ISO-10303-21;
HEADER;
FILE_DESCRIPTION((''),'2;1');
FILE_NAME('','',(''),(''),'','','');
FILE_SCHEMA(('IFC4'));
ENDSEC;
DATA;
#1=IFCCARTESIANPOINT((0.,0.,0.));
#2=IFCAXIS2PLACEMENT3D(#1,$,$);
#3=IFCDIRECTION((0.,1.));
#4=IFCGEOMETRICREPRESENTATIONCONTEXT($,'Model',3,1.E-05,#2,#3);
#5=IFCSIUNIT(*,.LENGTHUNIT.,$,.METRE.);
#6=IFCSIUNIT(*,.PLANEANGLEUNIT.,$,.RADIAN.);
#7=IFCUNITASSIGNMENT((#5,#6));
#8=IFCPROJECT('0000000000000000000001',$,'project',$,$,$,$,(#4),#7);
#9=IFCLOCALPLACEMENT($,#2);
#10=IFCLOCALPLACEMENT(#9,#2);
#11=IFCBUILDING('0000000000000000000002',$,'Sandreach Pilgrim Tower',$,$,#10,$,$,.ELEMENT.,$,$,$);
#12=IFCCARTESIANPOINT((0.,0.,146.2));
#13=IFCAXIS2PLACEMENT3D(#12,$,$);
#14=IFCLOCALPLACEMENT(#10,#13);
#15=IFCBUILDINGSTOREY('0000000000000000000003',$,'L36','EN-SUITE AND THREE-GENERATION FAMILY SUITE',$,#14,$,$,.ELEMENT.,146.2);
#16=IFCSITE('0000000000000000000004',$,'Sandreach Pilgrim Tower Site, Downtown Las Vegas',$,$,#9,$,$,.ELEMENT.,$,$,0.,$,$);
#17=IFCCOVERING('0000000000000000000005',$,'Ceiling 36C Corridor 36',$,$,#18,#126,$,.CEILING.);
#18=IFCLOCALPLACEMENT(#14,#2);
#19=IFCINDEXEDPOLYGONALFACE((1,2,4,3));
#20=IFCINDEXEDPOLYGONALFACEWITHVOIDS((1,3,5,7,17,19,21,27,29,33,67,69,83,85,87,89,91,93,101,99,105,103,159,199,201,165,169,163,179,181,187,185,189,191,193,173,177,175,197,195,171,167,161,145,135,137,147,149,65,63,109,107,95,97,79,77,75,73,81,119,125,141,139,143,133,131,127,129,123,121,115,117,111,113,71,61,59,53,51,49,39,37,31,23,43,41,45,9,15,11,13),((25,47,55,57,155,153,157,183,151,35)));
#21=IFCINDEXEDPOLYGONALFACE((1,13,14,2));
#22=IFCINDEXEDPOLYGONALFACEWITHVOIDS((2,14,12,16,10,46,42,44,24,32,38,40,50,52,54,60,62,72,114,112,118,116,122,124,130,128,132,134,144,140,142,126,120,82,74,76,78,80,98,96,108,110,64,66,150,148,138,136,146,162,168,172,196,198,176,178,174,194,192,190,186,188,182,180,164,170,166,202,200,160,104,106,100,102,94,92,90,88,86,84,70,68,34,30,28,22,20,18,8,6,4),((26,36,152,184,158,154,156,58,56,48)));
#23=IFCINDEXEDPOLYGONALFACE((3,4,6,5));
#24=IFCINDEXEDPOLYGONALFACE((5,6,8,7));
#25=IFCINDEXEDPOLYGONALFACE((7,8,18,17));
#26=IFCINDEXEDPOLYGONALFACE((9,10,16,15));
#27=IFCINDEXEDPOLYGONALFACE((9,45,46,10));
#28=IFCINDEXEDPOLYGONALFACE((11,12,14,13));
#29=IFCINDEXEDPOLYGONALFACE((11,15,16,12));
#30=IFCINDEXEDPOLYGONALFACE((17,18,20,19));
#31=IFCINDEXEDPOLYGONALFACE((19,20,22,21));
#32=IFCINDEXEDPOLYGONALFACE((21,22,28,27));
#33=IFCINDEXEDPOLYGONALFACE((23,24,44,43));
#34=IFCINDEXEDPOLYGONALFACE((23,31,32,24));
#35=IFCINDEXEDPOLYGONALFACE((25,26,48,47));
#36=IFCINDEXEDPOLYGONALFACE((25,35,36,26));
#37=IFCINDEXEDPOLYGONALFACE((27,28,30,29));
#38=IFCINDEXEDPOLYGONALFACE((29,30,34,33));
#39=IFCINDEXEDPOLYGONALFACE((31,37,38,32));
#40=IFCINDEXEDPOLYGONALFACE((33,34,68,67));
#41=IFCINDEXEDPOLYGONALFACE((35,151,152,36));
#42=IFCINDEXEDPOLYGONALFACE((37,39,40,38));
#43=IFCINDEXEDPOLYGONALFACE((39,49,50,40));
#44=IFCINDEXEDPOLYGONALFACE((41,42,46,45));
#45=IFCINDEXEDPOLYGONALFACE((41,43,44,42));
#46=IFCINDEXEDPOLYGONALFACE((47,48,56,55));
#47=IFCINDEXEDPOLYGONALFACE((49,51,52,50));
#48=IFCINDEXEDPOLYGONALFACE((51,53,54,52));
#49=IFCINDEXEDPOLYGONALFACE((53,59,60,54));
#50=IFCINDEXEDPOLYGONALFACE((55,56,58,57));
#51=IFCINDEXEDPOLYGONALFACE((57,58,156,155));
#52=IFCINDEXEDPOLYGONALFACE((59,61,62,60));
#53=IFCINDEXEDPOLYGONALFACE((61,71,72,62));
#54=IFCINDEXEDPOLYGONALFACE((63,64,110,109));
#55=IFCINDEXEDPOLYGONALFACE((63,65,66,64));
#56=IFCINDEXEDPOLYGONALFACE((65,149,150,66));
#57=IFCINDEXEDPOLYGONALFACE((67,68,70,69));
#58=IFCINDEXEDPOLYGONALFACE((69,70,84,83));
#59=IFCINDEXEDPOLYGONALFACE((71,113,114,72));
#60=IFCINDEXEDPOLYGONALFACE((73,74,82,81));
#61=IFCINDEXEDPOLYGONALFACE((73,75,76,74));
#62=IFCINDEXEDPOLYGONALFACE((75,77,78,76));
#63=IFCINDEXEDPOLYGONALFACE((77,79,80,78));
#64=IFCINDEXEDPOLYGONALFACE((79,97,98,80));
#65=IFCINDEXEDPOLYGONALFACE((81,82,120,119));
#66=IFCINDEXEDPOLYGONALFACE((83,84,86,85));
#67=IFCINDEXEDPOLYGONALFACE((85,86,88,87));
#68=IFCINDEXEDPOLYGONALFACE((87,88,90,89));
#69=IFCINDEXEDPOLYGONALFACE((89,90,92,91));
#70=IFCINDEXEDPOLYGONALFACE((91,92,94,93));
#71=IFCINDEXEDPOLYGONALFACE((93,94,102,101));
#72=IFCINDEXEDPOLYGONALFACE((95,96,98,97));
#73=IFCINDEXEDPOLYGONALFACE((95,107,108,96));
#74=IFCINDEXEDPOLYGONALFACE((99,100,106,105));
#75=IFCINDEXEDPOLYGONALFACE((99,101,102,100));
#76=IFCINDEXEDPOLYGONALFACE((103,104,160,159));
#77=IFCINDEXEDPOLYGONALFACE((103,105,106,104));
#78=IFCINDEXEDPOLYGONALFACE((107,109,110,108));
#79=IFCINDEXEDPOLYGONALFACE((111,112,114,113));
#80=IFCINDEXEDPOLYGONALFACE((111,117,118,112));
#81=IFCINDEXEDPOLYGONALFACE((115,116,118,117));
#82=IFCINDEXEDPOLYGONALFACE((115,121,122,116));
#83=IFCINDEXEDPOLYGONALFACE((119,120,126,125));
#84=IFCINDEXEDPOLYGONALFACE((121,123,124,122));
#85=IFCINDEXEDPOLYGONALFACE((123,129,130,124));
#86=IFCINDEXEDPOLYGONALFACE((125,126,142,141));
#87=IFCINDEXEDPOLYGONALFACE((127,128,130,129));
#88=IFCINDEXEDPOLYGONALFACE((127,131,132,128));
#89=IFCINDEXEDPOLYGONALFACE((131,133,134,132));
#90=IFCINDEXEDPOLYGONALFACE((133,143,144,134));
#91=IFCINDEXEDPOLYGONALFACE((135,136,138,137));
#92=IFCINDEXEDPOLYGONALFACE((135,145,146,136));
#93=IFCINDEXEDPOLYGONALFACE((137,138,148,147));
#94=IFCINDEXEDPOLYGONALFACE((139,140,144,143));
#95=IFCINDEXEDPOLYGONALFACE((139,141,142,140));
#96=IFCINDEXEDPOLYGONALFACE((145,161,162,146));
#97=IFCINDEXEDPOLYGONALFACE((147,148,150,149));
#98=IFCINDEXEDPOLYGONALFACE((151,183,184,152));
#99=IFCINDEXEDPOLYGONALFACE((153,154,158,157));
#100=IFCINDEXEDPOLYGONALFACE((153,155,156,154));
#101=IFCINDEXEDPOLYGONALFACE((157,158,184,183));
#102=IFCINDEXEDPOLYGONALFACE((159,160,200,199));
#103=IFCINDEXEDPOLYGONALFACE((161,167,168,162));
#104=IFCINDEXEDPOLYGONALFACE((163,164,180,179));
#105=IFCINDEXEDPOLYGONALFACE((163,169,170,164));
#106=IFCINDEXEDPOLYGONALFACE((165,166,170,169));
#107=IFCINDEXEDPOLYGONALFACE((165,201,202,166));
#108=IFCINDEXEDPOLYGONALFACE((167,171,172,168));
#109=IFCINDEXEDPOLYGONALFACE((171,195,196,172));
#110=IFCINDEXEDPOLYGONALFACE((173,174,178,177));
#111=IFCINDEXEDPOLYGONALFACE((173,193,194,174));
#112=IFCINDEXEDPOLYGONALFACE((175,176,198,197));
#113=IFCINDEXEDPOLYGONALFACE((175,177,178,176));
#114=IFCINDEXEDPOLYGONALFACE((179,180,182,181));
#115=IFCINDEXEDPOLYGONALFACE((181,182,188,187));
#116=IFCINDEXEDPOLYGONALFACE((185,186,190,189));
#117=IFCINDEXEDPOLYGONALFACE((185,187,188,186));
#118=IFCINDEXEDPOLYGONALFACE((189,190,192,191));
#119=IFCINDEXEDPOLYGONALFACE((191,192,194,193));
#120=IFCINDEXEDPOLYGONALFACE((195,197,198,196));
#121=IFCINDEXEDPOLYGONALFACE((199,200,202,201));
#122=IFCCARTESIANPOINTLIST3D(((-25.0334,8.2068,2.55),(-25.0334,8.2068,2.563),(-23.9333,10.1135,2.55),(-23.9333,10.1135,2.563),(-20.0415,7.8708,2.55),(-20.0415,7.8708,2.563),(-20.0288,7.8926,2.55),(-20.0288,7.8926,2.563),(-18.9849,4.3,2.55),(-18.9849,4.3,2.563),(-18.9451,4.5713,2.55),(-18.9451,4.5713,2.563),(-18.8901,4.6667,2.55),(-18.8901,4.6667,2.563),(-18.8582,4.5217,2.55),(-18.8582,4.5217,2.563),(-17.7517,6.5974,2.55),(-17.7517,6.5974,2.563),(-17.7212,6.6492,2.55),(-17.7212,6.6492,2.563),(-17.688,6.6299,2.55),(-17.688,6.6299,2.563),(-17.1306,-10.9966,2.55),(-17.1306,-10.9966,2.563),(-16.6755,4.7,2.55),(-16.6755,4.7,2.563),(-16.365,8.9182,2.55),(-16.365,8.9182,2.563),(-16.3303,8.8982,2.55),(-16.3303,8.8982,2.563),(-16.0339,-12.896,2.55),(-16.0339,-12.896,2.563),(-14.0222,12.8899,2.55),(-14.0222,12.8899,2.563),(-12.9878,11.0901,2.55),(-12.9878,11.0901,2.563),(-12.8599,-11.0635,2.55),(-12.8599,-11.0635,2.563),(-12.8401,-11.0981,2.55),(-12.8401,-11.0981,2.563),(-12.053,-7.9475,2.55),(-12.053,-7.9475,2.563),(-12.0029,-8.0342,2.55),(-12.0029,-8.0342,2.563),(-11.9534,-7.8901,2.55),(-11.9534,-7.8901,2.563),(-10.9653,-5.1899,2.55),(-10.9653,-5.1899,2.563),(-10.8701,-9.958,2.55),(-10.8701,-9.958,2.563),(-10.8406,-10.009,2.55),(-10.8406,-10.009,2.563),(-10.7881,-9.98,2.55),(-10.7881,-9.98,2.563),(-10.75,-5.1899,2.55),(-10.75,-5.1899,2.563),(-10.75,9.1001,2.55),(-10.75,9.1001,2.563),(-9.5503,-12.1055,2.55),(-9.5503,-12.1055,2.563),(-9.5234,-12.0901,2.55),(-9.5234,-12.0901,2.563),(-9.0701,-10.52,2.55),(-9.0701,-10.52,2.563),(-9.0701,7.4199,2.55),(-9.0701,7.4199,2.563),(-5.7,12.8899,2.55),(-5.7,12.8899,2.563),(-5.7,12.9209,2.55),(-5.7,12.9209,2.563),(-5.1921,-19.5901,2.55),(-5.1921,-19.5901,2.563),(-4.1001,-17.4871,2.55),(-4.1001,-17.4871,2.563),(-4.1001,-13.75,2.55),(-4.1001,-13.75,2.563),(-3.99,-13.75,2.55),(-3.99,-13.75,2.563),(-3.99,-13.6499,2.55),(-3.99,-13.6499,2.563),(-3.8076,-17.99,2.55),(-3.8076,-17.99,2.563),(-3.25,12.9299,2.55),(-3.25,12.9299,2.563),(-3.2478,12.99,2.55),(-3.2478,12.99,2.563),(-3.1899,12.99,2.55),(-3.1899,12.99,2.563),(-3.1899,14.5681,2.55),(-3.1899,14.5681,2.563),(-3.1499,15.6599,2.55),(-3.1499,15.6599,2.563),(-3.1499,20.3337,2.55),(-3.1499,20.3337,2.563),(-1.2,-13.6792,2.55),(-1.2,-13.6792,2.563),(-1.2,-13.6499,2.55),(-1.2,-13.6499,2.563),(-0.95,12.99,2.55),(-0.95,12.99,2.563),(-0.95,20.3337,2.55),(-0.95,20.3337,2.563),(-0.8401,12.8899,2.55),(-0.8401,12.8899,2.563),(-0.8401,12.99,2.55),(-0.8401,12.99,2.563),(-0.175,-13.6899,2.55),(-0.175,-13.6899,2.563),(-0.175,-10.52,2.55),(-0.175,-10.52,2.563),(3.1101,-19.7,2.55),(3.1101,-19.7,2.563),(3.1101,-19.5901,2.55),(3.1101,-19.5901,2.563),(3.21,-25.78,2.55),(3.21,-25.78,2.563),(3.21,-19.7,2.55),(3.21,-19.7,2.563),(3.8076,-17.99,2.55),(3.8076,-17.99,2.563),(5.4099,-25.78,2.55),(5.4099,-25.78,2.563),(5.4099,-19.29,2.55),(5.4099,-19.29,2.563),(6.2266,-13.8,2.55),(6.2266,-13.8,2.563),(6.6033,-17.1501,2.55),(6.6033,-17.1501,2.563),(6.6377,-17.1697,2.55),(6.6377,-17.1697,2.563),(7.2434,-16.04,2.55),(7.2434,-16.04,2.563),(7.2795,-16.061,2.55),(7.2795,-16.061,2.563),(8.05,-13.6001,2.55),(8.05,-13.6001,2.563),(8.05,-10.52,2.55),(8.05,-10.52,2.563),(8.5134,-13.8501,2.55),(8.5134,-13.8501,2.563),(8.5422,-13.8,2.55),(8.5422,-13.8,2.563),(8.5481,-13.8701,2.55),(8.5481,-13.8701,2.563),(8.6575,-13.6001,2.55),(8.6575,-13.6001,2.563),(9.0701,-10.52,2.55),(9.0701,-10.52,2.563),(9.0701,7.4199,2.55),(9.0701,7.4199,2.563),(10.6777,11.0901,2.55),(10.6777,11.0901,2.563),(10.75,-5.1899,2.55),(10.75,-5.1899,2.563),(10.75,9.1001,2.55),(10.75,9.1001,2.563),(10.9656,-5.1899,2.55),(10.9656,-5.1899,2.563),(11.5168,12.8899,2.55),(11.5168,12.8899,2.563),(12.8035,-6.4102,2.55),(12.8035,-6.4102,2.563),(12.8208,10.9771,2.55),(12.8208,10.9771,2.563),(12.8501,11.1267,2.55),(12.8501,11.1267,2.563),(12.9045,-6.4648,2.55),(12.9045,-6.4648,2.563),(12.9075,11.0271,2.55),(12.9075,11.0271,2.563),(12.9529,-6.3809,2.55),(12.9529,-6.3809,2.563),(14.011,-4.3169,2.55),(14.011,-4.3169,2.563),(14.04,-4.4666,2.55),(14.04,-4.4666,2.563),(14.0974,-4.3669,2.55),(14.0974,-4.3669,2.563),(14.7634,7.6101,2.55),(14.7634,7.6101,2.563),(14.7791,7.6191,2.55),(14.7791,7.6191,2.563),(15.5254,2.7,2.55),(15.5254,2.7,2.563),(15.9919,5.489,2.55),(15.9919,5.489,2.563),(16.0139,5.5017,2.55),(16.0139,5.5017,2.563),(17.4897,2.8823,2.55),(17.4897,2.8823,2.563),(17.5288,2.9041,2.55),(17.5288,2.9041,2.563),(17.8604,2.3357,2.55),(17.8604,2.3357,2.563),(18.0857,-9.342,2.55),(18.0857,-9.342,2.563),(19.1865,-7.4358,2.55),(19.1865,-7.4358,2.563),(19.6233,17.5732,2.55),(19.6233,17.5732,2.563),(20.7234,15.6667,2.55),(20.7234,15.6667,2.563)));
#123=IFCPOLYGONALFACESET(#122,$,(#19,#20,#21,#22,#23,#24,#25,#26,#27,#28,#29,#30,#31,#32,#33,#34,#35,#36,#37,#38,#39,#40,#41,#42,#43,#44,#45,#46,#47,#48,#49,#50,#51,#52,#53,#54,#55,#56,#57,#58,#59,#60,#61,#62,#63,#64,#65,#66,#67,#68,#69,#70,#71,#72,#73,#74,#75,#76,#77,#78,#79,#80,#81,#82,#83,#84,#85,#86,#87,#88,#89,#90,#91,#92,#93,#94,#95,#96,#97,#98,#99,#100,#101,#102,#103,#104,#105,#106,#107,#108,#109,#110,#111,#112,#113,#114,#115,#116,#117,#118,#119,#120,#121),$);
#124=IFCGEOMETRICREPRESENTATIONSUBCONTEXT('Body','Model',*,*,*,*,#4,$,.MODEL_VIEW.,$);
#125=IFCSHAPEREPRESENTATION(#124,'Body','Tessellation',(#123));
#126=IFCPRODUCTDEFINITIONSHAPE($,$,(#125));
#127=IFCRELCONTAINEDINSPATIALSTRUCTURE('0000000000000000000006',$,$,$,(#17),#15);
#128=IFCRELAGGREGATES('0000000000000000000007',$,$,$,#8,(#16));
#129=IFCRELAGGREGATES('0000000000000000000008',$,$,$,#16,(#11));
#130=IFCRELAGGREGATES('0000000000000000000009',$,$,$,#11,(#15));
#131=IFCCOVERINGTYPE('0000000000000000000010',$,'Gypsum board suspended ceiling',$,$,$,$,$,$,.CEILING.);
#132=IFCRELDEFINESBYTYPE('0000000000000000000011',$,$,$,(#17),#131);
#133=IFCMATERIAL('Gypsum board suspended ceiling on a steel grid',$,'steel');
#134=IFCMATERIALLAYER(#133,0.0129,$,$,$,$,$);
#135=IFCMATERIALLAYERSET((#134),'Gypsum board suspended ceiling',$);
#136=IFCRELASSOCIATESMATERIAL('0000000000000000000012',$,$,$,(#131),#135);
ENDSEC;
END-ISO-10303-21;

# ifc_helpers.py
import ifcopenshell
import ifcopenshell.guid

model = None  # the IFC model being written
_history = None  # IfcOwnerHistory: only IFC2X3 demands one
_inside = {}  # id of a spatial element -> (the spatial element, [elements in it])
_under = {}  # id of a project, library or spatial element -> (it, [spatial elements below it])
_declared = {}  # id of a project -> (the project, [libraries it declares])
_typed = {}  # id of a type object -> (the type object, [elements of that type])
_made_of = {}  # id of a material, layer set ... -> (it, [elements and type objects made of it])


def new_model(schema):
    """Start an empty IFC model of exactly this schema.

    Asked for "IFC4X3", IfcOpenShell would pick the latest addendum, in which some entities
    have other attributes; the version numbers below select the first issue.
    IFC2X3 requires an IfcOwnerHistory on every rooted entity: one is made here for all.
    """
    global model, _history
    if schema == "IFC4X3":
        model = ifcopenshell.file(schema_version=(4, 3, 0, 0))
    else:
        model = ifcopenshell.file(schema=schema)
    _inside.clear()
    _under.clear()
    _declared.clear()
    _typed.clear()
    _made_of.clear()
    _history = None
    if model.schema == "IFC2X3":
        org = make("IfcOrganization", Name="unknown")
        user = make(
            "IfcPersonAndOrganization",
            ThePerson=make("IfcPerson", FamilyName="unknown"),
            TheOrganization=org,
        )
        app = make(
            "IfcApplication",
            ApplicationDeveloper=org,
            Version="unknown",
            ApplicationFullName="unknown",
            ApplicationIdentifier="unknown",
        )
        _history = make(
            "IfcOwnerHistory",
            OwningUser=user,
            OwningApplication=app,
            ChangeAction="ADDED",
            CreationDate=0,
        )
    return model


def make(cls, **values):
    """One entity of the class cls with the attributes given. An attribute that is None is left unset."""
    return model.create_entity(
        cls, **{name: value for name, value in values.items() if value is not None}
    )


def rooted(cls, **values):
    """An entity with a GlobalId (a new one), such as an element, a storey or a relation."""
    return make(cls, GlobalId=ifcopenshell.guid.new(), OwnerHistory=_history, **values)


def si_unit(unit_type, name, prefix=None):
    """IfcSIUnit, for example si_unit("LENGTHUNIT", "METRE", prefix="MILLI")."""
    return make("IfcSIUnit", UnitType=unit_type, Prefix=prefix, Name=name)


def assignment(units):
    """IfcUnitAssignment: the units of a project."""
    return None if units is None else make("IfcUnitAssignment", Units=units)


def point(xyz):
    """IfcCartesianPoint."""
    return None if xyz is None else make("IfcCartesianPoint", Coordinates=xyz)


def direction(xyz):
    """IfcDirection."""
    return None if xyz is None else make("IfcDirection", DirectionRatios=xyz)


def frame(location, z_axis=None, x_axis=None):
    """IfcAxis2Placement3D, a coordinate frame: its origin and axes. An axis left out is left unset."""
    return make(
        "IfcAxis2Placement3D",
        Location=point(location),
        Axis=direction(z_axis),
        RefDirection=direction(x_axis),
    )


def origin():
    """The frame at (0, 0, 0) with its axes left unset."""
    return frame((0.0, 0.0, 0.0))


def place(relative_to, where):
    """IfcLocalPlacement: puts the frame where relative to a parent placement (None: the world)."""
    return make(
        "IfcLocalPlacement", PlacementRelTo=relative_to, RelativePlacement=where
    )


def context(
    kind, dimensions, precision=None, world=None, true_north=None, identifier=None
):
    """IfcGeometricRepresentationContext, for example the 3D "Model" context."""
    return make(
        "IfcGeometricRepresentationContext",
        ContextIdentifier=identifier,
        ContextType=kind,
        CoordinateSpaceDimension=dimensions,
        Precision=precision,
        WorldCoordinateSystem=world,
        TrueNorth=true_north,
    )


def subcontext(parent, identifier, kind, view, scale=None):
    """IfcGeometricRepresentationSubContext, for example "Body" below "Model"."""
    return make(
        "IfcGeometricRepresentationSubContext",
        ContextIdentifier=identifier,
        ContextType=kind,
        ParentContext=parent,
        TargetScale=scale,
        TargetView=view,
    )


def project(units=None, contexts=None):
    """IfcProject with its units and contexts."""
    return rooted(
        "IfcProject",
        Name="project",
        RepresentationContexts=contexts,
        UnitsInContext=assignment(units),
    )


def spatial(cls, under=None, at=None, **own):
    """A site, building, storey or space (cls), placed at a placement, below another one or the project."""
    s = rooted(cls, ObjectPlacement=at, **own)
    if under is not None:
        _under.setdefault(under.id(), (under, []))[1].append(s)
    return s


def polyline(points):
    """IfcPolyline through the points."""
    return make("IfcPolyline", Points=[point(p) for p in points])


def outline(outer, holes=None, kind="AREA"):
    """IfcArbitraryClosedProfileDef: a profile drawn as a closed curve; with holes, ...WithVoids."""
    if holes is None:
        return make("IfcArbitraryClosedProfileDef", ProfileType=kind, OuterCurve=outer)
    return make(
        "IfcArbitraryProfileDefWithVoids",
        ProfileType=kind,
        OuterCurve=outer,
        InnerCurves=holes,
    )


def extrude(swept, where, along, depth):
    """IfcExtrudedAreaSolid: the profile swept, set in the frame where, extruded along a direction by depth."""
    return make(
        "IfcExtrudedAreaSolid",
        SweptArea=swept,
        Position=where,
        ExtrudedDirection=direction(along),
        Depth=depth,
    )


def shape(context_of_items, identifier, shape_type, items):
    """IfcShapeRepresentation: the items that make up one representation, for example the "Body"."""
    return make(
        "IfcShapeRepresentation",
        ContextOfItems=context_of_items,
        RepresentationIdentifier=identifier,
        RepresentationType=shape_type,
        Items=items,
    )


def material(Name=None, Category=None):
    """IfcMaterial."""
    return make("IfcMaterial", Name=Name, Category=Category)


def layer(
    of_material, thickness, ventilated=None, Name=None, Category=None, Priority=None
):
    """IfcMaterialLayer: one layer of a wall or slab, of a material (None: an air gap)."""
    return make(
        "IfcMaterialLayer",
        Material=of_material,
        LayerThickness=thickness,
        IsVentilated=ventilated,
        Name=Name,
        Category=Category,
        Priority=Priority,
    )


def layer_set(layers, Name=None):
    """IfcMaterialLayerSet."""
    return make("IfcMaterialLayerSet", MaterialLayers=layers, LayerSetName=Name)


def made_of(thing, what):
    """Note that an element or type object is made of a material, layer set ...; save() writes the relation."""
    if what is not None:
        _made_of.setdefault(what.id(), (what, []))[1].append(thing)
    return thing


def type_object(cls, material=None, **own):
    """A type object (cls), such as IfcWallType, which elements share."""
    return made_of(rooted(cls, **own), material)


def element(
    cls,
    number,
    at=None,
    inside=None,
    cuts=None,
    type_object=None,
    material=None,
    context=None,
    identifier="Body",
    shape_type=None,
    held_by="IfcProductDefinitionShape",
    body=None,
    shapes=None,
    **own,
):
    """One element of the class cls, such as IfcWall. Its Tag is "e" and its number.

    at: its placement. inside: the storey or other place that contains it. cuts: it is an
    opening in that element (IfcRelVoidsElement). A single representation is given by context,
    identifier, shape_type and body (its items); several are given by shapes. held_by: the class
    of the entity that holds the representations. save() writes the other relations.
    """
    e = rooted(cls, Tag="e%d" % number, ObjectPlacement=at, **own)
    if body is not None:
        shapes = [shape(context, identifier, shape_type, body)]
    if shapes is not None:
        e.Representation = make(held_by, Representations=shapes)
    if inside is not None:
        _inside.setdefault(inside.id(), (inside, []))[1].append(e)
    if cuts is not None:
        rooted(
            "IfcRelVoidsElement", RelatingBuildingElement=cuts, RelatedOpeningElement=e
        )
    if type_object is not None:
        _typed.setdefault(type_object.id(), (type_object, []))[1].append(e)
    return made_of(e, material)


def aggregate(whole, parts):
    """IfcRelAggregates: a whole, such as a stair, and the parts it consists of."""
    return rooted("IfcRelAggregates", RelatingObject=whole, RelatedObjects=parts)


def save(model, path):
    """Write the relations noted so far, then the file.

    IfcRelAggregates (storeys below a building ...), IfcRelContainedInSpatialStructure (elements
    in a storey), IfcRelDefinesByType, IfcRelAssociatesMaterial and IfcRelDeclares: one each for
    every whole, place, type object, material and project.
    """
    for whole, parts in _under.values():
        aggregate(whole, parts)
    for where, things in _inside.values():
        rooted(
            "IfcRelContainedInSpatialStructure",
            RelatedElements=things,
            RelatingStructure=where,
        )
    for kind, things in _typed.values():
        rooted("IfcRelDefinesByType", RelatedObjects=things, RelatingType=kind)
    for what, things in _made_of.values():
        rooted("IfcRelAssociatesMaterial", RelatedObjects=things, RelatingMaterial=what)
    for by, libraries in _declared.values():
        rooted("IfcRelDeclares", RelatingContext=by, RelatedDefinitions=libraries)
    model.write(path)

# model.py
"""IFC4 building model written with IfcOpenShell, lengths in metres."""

from ifc_helpers import new_model, si_unit, direction, frame, origin, place, context, subcontext, project, spatial, polyline, outline, extrude, material, layer, layer_set, type_object, element, save


model = new_model("IFC4")

# Units and contexts
model_context = context("Model", 3, precision=1e-05, world=origin(), true_north=direction((0.0, 1.0)))
body_context = subcontext(model_context, "Body", "Model", "MODEL_VIEW")
ifc_project = project(units=[si_unit("LENGTHUNIT", "METRE"), si_unit("PLANEANGLEUNIT", "RADIAN")], contexts=[model_context])

# Site, building, storey
site_placement = place(None, origin())
site = spatial("IfcSite", under=ifc_project, at=site_placement, Name="Sandreach Pilgrim Tower Site, Downtown Las Vegas", CompositionType="ELEMENT", RefElevation=0.0)
building_placement = place(site_placement, origin())
building = spatial("IfcBuilding", under=site, at=building_placement, Name="Sandreach Pilgrim Tower", CompositionType="ELEMENT")
storey_placement = place(building_placement, frame((0.0, 0.0, 146.2)))
storey = spatial("IfcBuildingStorey", under=building, at=storey_placement, Name="L36", Description="EN-SUITE AND THREE-GENERATION FAMILY SUITE", CompositionType="ELEMENT", Elevation=146.2)

# Covering
ifc_material_1 = material(Name="Gypsum board suspended ceiling on a steel grid", Category="steel")
ifc_layer_1 = layer(ifc_material_1, 0.0129)
ifc_layer_set_1 = layer_set([ifc_layer_1], Name="Gypsum board suspended ceiling")
covering_type_1 = type_object("IfcCoveringType", Name="Gypsum board suspended ceiling", PredefinedType="CEILING", material=ifc_layer_set_1)
covering_1_placement = place(storey_placement, frame((0.0, 0.0, 2.55)))
element("IfcCovering", 1, at=covering_1_placement, inside=storey, type_object=covering_type_1, Name="Ceiling 36C Corridor 36", PredefinedType="CEILING", context=body_context, shape_type="SweptSolid", body=[
    extrude(outline(polyline([(-17.7517, 6.5974), (-17.7212, 6.6492), (-17.688, 6.6299), (-16.365, 8.9182), (-16.3303, 8.8982), (-14.0222, 12.8899), (-5.7, 12.8899), (-5.7, 12.9209), (-3.25, 12.9299), (-3.2478, 12.99), (-3.1899, 12.99), (-3.1899, 14.5681), (-3.1499, 15.6599), (-3.1499, 20.3337), (-0.95, 20.3337), (-0.95, 12.99), (-0.8401, 12.99), (-0.8401, 12.8899), (11.5168, 12.8899), (19.6233, 17.5732), (20.7234, 15.6667), (12.8501, 11.1267), (12.9075, 11.0271), (12.8208, 10.9771), (14.7634, 7.6101), (14.7791, 7.6191), (16.0139, 5.5017), (15.9919, 5.489), (17.4897, 2.8823), (17.5288, 2.9041), (17.8604, 2.3357), (14.011, -4.3169), (14.0974, -4.3669), (14.04, -4.4666), (19.1865, -7.4358), (18.0857, -9.342), (12.9529, -6.3809), (12.9045, -6.4648), (12.8035, -6.4102), (8.6575, -13.6001), (8.05, -13.6001), (8.05, -10.52), (9.0701, -10.52), (9.0701, 7.4199), (-9.0701, 7.4199), (-9.0701, -10.52), (-0.175, -10.52), (-0.175, -13.6899), (-1.2, -13.6792), (-1.2, -13.6499), (-3.99, -13.6499), (-3.99, -13.75), (-4.1001, -13.75), (-4.1001, -17.4871), (-3.8076, -17.99), (3.8076, -17.99), (6.2266, -13.8), (8.5422, -13.8), (8.5134, -13.8501), (8.5481, -13.8701), (7.2795, -16.061), (7.2434, -16.04), (6.6033, -17.1501), (6.6377, -17.1697), (5.4099, -19.29), (5.4099, -25.78), (3.21, -25.78), (3.21, -19.7), (3.1101, -19.7), (3.1101, -19.5901), (-5.1921, -19.5901), (-9.5234, -12.0901), (-9.5503, -12.1055), (-10.7881, -9.98), (-10.8406, -10.009), (-10.8701, -9.958), (-12.8401, -11.0981), (-12.8599, -11.0635), (-16.0339, -12.896), (-17.1306, -10.9966), (-12.0029, -8.0342), (-12.053, -7.9475), (-11.9534, -7.8901), (-18.9849, 4.3), (-18.8582, 4.5217), (-18.9451, 4.5713), (-18.8901, 4.6667), (-25.0334, 8.2068), (-23.9333, 10.1135), (-20.0415, 7.8708), (-20.0288, 7.8926), (-17.7517, 6.5974)]), holes=[polyline([(-10.9653, -5.1899), (-10.75, -5.1899), (-10.75, 9.1001), (10.75, 9.1001), (10.75, -5.1899), (10.9656, -5.1899), (15.5254, 2.7), (10.6777, 11.0901), (-12.9878, 11.0901), (-16.6755, 4.7), (-10.9653, -5.1899)])]), origin(), (0.0, 0.0, 1.0), 0.0129),
])

save(model, "model.ifc")
